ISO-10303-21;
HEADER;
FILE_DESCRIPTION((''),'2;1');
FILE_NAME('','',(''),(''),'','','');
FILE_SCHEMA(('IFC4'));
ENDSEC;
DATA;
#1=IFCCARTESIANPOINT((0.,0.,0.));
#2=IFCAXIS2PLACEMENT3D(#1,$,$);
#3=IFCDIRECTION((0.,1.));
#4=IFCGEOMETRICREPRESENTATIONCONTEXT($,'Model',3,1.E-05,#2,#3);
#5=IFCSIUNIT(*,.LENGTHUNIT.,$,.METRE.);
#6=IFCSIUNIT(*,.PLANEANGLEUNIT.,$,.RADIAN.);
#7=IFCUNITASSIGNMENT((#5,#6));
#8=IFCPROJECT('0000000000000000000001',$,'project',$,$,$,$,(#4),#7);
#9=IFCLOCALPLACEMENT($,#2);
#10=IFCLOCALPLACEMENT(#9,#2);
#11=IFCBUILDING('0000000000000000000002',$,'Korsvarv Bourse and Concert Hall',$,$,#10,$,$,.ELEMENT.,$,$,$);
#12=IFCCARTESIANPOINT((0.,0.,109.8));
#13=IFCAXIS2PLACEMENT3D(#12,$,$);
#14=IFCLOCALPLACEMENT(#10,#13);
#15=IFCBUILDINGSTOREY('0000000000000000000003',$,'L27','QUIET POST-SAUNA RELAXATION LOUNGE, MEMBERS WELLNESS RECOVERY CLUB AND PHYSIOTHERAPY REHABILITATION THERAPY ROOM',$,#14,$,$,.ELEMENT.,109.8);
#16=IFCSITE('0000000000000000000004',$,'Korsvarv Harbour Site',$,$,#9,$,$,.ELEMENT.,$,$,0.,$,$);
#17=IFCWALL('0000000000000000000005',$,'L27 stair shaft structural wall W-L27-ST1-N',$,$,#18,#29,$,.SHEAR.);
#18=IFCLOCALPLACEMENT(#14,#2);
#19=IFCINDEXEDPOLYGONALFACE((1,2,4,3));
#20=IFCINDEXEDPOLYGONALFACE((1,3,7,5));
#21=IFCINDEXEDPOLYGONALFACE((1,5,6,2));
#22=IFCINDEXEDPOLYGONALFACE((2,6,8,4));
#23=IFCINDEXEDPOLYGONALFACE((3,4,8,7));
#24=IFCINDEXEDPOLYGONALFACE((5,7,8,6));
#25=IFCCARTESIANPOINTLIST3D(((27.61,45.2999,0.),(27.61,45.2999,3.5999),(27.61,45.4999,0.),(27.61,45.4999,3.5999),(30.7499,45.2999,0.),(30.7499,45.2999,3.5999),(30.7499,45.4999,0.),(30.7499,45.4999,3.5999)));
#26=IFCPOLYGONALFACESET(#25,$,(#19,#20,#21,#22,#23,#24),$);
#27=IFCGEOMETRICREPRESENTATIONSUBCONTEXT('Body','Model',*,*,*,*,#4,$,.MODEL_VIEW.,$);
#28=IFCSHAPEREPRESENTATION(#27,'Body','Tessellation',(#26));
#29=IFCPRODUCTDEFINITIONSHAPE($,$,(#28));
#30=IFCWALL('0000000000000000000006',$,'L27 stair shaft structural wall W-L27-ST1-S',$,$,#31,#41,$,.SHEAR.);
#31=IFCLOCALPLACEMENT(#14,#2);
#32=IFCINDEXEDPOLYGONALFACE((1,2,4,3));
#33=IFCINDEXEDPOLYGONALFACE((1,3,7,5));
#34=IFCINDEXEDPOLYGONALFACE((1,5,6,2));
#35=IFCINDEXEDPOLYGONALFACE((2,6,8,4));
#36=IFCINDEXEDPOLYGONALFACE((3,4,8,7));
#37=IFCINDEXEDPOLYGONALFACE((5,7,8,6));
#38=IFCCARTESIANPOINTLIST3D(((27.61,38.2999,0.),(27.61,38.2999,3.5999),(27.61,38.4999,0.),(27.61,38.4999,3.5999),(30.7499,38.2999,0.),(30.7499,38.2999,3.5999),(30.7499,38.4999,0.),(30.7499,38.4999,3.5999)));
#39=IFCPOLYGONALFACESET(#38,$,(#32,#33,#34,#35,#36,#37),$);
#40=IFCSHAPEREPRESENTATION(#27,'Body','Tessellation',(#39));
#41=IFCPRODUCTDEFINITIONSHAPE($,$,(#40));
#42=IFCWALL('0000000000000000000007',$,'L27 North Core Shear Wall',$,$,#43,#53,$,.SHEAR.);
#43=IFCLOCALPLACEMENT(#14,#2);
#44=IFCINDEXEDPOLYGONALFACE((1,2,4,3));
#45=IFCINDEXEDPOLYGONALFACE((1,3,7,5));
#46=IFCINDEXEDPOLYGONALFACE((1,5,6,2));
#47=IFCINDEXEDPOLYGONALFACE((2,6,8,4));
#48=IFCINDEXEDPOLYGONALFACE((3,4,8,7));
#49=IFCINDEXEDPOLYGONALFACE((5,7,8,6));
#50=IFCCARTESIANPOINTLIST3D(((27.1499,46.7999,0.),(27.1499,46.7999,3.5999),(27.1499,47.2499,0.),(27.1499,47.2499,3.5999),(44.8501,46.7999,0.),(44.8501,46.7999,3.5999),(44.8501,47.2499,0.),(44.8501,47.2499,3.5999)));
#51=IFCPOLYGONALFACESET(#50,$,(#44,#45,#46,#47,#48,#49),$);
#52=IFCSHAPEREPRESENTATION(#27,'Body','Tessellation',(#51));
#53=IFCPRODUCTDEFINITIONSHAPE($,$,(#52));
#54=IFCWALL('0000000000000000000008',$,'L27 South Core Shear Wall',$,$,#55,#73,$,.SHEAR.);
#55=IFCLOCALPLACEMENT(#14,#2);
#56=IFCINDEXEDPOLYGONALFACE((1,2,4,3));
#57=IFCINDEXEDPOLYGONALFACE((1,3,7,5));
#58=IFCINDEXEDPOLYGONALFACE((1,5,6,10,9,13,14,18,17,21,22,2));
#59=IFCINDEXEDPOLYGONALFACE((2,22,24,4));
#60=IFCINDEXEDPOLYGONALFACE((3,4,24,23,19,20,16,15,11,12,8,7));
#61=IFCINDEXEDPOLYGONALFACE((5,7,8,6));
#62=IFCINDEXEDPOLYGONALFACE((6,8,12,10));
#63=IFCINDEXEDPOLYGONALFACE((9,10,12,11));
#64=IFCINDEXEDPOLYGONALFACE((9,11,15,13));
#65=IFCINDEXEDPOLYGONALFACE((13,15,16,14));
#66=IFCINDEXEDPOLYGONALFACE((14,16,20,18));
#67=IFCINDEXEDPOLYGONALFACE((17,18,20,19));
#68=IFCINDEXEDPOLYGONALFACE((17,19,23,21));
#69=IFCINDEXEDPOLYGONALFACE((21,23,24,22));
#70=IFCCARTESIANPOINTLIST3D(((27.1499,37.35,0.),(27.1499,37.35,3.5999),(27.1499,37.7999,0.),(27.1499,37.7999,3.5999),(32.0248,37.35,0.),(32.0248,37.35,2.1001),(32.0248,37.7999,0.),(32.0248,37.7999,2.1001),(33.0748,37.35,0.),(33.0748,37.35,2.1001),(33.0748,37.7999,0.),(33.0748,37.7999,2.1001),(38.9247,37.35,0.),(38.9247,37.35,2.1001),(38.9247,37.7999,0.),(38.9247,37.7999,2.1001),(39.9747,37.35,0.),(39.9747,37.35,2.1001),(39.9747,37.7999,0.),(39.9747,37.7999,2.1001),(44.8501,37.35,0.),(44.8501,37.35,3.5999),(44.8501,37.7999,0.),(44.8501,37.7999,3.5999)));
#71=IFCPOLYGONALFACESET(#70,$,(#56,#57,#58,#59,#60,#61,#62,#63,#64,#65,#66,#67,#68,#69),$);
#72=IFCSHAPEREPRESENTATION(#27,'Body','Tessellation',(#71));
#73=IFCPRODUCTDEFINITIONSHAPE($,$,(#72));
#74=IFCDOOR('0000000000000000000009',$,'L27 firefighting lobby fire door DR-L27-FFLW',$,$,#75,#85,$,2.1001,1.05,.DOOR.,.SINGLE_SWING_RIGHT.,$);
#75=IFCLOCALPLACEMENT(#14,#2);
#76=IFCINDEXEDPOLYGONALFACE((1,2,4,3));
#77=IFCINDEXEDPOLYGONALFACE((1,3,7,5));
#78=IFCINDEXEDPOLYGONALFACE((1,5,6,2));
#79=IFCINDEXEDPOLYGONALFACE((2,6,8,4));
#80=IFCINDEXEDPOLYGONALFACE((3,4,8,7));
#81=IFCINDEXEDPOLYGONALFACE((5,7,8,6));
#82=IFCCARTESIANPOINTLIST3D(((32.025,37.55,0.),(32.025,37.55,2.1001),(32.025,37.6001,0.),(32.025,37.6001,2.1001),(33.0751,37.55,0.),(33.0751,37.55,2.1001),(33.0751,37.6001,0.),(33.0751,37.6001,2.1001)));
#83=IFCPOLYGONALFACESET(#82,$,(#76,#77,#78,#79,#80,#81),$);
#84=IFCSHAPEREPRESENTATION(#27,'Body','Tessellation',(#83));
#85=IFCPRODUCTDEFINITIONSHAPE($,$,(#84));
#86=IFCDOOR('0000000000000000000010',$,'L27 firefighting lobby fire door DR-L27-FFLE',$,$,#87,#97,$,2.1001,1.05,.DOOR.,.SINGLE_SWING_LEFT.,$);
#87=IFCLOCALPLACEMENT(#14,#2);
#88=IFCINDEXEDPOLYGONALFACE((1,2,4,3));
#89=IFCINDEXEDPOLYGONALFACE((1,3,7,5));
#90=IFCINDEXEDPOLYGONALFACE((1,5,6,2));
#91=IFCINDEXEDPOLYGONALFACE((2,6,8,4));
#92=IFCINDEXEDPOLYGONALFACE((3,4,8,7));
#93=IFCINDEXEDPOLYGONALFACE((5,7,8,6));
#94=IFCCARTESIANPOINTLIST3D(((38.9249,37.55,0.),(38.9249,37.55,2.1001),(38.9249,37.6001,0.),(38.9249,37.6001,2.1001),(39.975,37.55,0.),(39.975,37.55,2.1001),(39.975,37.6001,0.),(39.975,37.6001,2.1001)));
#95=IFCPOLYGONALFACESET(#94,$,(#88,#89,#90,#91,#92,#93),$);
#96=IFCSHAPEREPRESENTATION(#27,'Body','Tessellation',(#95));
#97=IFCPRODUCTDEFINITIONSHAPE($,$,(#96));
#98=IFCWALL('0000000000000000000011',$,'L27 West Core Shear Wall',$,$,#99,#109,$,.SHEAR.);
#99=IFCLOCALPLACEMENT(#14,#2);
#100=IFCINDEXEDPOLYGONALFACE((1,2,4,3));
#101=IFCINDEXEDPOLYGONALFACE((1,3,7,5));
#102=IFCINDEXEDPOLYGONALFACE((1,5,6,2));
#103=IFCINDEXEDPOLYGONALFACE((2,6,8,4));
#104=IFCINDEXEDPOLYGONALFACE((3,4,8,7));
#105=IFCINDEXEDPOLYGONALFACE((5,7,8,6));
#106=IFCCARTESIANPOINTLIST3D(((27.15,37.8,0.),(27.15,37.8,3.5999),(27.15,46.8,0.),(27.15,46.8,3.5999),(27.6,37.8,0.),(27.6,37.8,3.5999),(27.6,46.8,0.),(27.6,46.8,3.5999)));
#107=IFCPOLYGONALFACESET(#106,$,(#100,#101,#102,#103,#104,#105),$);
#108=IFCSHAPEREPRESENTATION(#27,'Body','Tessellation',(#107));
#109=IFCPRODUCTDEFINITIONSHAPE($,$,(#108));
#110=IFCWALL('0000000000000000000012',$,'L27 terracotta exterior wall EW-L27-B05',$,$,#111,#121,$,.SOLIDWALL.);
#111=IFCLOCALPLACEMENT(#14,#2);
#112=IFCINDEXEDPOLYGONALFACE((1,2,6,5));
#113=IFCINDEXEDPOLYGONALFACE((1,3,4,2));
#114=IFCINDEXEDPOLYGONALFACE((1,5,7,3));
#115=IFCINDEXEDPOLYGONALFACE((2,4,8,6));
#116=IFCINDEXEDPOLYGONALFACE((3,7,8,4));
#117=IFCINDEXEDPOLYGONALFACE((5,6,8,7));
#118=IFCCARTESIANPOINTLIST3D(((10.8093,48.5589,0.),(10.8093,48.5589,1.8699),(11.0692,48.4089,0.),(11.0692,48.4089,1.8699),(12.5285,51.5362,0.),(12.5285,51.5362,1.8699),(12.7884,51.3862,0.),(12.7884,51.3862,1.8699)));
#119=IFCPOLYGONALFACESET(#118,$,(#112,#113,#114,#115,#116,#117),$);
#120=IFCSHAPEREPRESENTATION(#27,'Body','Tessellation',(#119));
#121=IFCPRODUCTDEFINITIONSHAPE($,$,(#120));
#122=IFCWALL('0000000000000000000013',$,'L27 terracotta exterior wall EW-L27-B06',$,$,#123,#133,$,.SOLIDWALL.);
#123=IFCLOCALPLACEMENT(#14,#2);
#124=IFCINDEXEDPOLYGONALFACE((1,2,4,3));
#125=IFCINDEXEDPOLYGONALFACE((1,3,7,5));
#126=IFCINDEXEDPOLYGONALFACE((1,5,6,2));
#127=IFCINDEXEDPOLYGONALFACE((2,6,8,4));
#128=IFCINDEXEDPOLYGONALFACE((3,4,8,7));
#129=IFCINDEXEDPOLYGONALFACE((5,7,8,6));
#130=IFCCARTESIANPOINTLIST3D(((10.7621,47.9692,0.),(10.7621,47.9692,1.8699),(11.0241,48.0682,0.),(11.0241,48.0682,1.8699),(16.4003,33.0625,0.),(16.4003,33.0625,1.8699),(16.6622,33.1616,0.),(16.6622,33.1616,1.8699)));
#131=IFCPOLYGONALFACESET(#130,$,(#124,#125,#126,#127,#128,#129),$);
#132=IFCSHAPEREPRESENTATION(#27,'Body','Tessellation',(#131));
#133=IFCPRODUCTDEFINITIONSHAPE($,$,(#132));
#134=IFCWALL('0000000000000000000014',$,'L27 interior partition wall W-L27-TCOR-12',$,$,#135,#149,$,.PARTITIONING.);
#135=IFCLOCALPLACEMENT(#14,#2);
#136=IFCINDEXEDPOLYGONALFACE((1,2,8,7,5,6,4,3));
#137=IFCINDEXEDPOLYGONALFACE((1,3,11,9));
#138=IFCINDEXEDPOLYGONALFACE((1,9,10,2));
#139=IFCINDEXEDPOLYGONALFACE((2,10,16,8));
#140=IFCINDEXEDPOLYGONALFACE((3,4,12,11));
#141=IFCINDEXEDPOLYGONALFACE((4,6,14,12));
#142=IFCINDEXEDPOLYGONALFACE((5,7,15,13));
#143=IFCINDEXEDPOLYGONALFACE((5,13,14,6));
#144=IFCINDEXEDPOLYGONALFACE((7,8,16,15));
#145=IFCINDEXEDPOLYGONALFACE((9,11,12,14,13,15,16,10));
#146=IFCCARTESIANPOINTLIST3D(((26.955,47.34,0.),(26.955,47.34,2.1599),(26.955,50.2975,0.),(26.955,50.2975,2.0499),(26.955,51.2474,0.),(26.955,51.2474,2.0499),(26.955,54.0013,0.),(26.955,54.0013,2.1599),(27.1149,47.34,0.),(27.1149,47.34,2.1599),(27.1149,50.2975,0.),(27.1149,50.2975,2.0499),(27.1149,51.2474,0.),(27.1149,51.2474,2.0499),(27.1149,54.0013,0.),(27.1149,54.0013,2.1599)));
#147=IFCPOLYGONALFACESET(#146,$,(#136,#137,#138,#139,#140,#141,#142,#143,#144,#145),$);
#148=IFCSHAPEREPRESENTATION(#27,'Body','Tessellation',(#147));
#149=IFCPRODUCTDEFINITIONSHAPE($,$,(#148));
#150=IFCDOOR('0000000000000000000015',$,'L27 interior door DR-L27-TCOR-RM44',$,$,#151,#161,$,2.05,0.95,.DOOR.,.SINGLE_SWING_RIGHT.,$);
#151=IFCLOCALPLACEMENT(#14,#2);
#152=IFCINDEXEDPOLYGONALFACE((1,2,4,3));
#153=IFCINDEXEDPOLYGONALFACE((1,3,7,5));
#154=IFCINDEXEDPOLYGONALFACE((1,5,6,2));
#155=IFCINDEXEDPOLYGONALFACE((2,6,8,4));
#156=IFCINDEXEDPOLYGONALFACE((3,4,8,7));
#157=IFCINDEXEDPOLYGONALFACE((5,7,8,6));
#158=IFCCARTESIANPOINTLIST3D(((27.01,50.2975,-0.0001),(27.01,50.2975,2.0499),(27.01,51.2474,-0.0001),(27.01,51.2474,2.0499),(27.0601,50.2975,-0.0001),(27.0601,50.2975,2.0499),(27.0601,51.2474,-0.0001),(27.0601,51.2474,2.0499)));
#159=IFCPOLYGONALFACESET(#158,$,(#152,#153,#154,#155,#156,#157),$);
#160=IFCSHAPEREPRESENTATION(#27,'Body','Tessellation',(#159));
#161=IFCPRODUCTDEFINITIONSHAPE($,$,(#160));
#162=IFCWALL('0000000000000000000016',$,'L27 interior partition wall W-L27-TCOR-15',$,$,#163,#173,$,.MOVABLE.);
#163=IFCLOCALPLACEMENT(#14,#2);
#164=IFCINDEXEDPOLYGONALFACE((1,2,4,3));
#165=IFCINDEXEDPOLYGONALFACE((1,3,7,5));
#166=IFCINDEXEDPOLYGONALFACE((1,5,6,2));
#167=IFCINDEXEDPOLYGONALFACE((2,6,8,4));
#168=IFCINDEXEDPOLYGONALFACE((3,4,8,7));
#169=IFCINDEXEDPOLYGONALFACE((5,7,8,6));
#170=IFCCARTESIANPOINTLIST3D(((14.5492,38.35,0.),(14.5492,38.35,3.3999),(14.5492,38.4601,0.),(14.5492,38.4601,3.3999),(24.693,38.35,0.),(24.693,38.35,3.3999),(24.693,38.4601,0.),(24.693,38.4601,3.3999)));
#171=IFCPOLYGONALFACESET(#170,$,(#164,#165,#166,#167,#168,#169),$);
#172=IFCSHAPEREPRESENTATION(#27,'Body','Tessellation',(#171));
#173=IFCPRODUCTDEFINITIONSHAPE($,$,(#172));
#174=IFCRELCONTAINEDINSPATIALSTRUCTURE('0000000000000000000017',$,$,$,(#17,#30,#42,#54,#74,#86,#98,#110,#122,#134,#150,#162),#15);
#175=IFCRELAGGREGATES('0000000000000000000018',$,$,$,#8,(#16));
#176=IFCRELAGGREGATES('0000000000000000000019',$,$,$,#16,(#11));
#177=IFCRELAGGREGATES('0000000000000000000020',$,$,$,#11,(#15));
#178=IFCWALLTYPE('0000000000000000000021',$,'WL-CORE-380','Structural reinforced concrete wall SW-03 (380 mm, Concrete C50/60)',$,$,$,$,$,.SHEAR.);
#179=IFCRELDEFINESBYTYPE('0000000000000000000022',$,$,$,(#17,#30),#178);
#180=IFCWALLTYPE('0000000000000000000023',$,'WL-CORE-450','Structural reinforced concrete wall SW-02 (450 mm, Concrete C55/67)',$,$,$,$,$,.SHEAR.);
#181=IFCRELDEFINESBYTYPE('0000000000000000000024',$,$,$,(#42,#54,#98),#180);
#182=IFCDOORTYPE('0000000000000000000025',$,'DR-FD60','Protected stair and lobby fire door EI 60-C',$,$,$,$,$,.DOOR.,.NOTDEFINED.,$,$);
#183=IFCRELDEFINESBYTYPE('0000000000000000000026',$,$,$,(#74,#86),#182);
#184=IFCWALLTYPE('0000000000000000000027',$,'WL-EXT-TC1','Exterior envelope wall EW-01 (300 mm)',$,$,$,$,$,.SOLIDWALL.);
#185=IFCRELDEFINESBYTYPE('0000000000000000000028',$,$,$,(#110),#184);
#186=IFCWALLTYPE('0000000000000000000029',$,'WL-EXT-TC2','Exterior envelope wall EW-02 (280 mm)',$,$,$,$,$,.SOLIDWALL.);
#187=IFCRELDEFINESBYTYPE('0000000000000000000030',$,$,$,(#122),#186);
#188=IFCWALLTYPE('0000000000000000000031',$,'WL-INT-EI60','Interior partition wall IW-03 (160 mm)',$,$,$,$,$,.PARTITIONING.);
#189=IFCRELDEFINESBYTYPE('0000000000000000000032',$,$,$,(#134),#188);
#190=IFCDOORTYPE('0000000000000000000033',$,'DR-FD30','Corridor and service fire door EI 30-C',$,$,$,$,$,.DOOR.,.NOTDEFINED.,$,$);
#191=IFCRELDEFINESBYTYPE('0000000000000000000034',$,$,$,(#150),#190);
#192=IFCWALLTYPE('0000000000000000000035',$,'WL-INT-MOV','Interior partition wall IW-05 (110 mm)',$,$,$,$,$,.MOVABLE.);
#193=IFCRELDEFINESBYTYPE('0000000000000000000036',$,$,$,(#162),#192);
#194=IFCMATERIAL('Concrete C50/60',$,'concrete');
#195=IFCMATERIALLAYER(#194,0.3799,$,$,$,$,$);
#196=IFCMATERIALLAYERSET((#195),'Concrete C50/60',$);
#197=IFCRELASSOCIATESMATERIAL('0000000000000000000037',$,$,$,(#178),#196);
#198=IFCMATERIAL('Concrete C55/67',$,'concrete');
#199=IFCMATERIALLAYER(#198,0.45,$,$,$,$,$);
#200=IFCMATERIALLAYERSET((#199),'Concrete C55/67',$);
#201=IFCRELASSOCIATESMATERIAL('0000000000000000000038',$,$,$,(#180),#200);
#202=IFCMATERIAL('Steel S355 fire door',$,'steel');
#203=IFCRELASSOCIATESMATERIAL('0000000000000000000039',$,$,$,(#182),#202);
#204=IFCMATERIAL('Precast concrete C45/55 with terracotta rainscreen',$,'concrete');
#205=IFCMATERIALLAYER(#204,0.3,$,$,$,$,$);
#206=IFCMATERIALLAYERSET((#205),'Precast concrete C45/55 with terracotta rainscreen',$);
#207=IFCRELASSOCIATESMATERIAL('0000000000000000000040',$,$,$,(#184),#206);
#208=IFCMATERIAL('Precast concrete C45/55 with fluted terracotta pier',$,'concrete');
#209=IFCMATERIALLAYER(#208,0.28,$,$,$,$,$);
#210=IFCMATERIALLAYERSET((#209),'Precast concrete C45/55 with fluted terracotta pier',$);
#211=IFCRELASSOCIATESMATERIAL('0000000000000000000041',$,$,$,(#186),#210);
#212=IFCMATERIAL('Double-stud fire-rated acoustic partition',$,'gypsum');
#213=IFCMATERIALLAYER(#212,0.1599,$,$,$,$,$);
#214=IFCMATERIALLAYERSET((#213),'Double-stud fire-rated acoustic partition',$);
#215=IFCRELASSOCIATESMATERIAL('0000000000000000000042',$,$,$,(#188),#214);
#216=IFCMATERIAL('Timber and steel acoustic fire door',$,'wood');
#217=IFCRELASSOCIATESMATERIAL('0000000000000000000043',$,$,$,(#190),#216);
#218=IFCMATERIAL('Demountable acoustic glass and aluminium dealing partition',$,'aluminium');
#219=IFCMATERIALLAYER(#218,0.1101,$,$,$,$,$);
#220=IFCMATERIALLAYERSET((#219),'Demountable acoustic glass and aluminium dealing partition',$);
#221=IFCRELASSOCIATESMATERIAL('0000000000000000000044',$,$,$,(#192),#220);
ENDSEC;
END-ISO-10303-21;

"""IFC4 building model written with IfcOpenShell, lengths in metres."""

from ifc_helpers import new_model, si_unit, direction, frame, frame_2d, origin, place, context, subcontext, project, spatial, rectangle, extrude, material, layer, layer_set, type_object, element, fill, save


model = new_model("IFC4")

# Units and contexts
model_context = context("Model", 3, precision=1e-05, world=origin(), true_north=direction((0.0, 1.0)))
body_context = subcontext(model_context, "Body", "Model", "MODEL_VIEW")
ifc_project = project(units=[si_unit("LENGTHUNIT", "METRE"), si_unit("PLANEANGLEUNIT", "RADIAN")], contexts=[model_context])

# Site, building, storey
site_placement = place(None, origin())
site = spatial("IfcSite", under=ifc_project, at=site_placement, Name="Korsvarv Harbour Site", CompositionType="ELEMENT", RefElevation=0.0)
building_placement = place(site_placement, origin())
building = spatial("IfcBuilding", under=site, at=building_placement, Name="Korsvarv Bourse and Concert Hall", CompositionType="ELEMENT")
storey_placement = place(building_placement, frame((0.0, 0.0, 109.8)))
storey = spatial("IfcBuildingStorey", under=building, at=storey_placement, Name="L27", Description="QUIET POST-SAUNA RELAXATION LOUNGE, MEMBERS WELLNESS RECOVERY CLUB AND PHYSIOTHERAPY REHABILITATION THERAPY ROOM", CompositionType="ELEMENT", Elevation=109.8)

# Shared definitions
ifc_material_1 = material(Name="Concrete C50/60", Category="concrete")

# Walls
ifc_layer_1 = layer(ifc_material_1, 0.3799)
ifc_layer_set_1 = layer_set([ifc_layer_1], Name="Concrete C50/60")
wall_type_1 = type_object("IfcWallType", Name="WL-CORE-380", Description="Structural reinforced concrete wall SW-03 (380 mm, Concrete C50/60)", PredefinedType="SHEAR", material=ifc_layer_set_1)
for number, where, z_axis, x_axis, name in (
    (1, (27.6101, 45.3999, 0.0), (0.0, 0.0, 1.0), (1.0, 0.0, 0.0), "L27 stair shaft structural wall W-L27-ST1-N"),
    (2, (27.6101, 38.3999, 0.0), (0.0, 0.0, 1.0), (1.0, 0.0, 0.0), "L27 stair shaft structural wall W-L27-ST1-S"),
):
    element("IfcWall", number, at=place(storey_placement, frame(where, z_axis=z_axis, x_axis=x_axis)), inside=storey, type_object=wall_type_1, Name=name, PredefinedType="SHEAR", context=body_context, shape_type="SweptSolid", body=[
        extrude(rectangle(XDim=3.1399, YDim=0.2, at=frame_2d((1.5698, 0.0))), origin(), (0.0, 0.0, 1.0), 3.5999),
    ])
ifc_material_2 = material(Name="Concrete C55/67", Category="concrete")
ifc_layer_2 = layer(ifc_material_2, 0.45)
ifc_layer_set_2 = layer_set([ifc_layer_2], Name="Concrete C55/67")
wall_type_2 = type_object("IfcWallType", Name="WL-CORE-450", Description="Structural reinforced concrete wall SW-02 (450 mm, Concrete C55/67)", PredefinedType="SHEAR", material=ifc_layer_set_2)
wall_1_placement = place(storey_placement, frame((27.1499, 47.0249, 0.0), z_axis=(0.0, 0.0, 1.0), x_axis=(1.0, 0.0, 0.0)))
element("IfcWall", 3, at=wall_1_placement, inside=storey, type_object=wall_type_2, Name="L27 North Core Shear Wall", PredefinedType="SHEAR", context=body_context, shape_type="SweptSolid", body=[
    extrude(rectangle(XDim=17.7002, YDim=0.45, at=frame_2d((8.8501, 0.0))), origin(), (0.0, 0.0, 1.0), 3.5999),
])

# Wall, openings, doors
wall_2_placement = place(storey_placement, frame((27.1499, 37.575, 0.0), z_axis=(0.0, 0.0, 1.0), x_axis=(1.0, 0.0, 0.0)))
wall_2 = element("IfcWall", 4, at=wall_2_placement, inside=storey, type_object=wall_type_2, Name="L27 South Core Shear Wall", PredefinedType="SHEAR", context=body_context, shape_type="SweptSolid", body=[
    extrude(rectangle(XDim=17.7002, YDim=0.45, at=frame_2d((8.8501, 0.0))), origin(), (0.0, 0.0, 1.0), 3.5999),
])
opening_1_placement = place(wall_2_placement, frame((4.875, 0.0, 0.0)))
opening_1 = element("IfcOpeningElement", 5, at=opening_1_placement, cuts=wall_2, PredefinedType="OPENING", context=body_context, shape_type="SweptSolid", body=[
    extrude(rectangle(XDim=1.05, YDim=2.1001, at=frame_2d((0.5249, 1.05))), frame((0.0, 0.2349, 0.0), z_axis=(0.0, -1.0, 0.0), x_axis=(1.0, 0.0, 0.0)), (0.0, 0.0, 1.0), 0.47),
])
opening_2_placement = place(wall_2_placement, frame((11.7749, 0.0, 0.0)))
opening_2 = element("IfcOpeningElement", 6, at=opening_2_placement, cuts=wall_2, PredefinedType="OPENING", context=body_context, shape_type="SweptSolid", body=[
    extrude(rectangle(XDim=1.05, YDim=2.1001, at=frame_2d((0.5249, 1.05))), frame((0.0, 0.2349, 0.0), z_axis=(0.0, -1.0, 0.0), x_axis=(1.0, 0.0, 0.0)), (0.0, 0.0, 1.0), 0.47),
])
ifc_material_3 = material(Name="Steel S355 fire door", Category="steel")
door_type_1 = type_object("IfcDoorType", Name="DR-FD60", Description="Protected stair and lobby fire door EI 60-C", OperationType="NOTDEFINED", PredefinedType="DOOR", material=ifc_material_3)
door_1_placement = place(opening_1_placement, frame((1.05, 0.0, 0.0), z_axis=(0.0, 0.0, 1.0), x_axis=(-1.0, 0.0, 0.0)))
door_1 = element("IfcDoor", 7, at=door_1_placement, inside=storey, type_object=door_type_1, Name="L27 firefighting lobby fire door DR-L27-FFLW", OperationType="SINGLE_SWING_RIGHT", OverallHeight=2.1001, OverallWidth=1.05, PredefinedType="DOOR", context=body_context, shape_type="SweptSolid", body=[
    extrude(rectangle(XDim=1.05, YDim=2.1001, at=frame_2d((0.5249, 1.05))), frame((0.0, 0.0249, 0.0), z_axis=(0.0, -1.0, 0.0), x_axis=(1.0, 0.0, 0.0)), (0.0, 0.0, 1.0), 0.05),
])
fill(opening_1, door_1)
door_2_placement = place(opening_2_placement, frame((1.05, 0.0, 0.0), z_axis=(0.0, 0.0, 1.0), x_axis=(-1.0, 0.0, 0.0)))
door_2 = element("IfcDoor", 8, at=door_2_placement, inside=storey, type_object=door_type_1, Name="L27 firefighting lobby fire door DR-L27-FFLE", OperationType="SINGLE_SWING_LEFT", OverallHeight=2.1001, OverallWidth=1.05, PredefinedType="DOOR", context=body_context, shape_type="SweptSolid", body=[
    extrude(rectangle(XDim=1.05, YDim=2.1001, at=frame_2d((0.5249, 1.05))), frame((0.0, 0.0249, 0.0), z_axis=(0.0, -1.0, 0.0), x_axis=(1.0, 0.0, 0.0)), (0.0, 0.0, 1.0), 0.05),
])
fill(opening_2, door_2)

# Walls
wall_3_placement = place(storey_placement, frame((27.375, 37.8, 0.0), z_axis=(0.0, 0.0, 1.0), x_axis=(0.0, 1.0, 0.0)))
element("IfcWall", 9, at=wall_3_placement, inside=storey, type_object=wall_type_2, Name="L27 West Core Shear Wall", PredefinedType="SHEAR", context=body_context, shape_type="SweptSolid", body=[
    extrude(rectangle(XDim=9.0, YDim=0.45, at=frame_2d((4.5, 0.0))), origin(), (0.0, 0.0, 1.0), 3.5999),
])
ifc_material_4 = material(Name="Precast concrete C45/55 with terracotta rainscreen", Category="concrete")
ifc_layer_3 = layer(ifc_material_4, 0.3)
ifc_layer_set_3 = layer_set([ifc_layer_3], Name="Precast concrete C45/55 with terracotta rainscreen")
wall_type_3 = type_object("IfcWallType", Name="WL-EXT-TC1", Description="Exterior envelope wall EW-01 (300 mm)", PredefinedType="SOLIDWALL", material=ifc_layer_set_3)
wall_4_placement = place(storey_placement, frame((12.6584, 51.4612, 0.0), z_axis=(0.0, 0.0, 1.0), x_axis=(-0.500065, -0.865988, 0.0)))
element("IfcWall", 10, at=wall_4_placement, inside=storey, type_object=wall_type_3, Name="L27 terracotta exterior wall EW-L27-B05", PredefinedType="SOLIDWALL", context=body_context, shape_type="SweptSolid", body=[
    extrude(rectangle(XDim=3.438, YDim=0.3, at=frame_2d((1.719, 0.0))), origin(), (0.0, 0.0, 1.0), 1.8699),
])
ifc_material_5 = material(Name="Precast concrete C45/55 with fluted terracotta pier", Category="concrete")
ifc_layer_4 = layer(ifc_material_5, 0.28)
ifc_layer_set_4 = layer_set([ifc_layer_4], Name="Precast concrete C45/55 with fluted terracotta pier")
wall_type_4 = type_object("IfcWallType", Name="WL-EXT-TC2", Description="Exterior envelope wall EW-02 (280 mm)", PredefinedType="SOLIDWALL", material=ifc_layer_set_4)
wall_5_placement = place(storey_placement, frame((10.8931, 48.0188, 0.0), z_axis=(0.0, 0.0, 1.0), x_axis=(0.353771, -0.935332, 0.0)))
element("IfcWall", 11, at=wall_5_placement, inside=storey, type_object=wall_type_4, Name="L27 terracotta exterior wall EW-L27-B06", PredefinedType="SOLIDWALL", context=body_context, shape_type="SweptSolid", body=[
    extrude(rectangle(XDim=15.9373, YDim=0.28, at=frame_2d((7.9688, 0.0))), origin(), (0.0, 0.0, 1.0), 1.8699),
])

# Wall, opening, door
ifc_material_6 = material(Name="Double-stud fire-rated acoustic partition", Category="gypsum")
ifc_layer_5 = layer(ifc_material_6, 0.1599)
ifc_layer_set_5 = layer_set([ifc_layer_5], Name="Double-stud fire-rated acoustic partition")
wall_type_5 = type_object("IfcWallType", Name="WL-INT-EI60", Description="Interior partition wall IW-03 (160 mm)", PredefinedType="PARTITIONING", material=ifc_layer_set_5)
wall_6_placement = place(storey_placement, frame((27.0349, 47.3401, 0.0), z_axis=(0.0, 0.0, 1.0), x_axis=(0.0, 1.0, 0.0)))
wall_6 = element("IfcWall", 12, at=wall_6_placement, inside=storey, type_object=wall_type_5, Name="L27 interior partition wall W-L27-TCOR-12", PredefinedType="PARTITIONING", context=body_context, shape_type="SweptSolid", body=[
    extrude(rectangle(XDim=6.6614, YDim=0.1599, at=frame_2d((3.3306, 0.0))), origin(), (0.0, 0.0, 1.0), 2.1599),
])
opening_3_placement = place(wall_6_placement, frame((2.9573, 0.0, 0.0)))
opening_3 = element("IfcOpeningElement", 13, at=opening_3_placement, cuts=wall_6, PredefinedType="OPENING", context=body_context, shape_type="SweptSolid", body=[
    extrude(rectangle(XDim=0.95, YDim=2.05, at=frame_2d((0.4751, 1.0249))), frame((0.0, 0.0898, 0.0), z_axis=(0.0, -1.0, 0.0), x_axis=(1.0, 0.0, 0.0)), (0.0, 0.0, 1.0), 0.1799),
])
ifc_material_7 = material(Name="Timber and steel acoustic fire door", Category="wood")
door_type_2 = type_object("IfcDoorType", Name="DR-FD30", Description="Corridor and service fire door EI 30-C", OperationType="NOTDEFINED", PredefinedType="DOOR", material=ifc_material_7)
door_3_placement = place(opening_3_placement, origin())
door_3 = element("IfcDoor", 14, at=door_3_placement, inside=storey, type_object=door_type_2, Name="L27 interior door DR-L27-TCOR-RM44", OperationType="SINGLE_SWING_RIGHT", OverallHeight=2.05, OverallWidth=0.95, PredefinedType="DOOR", context=body_context, shape_type="SweptSolid", body=[
    extrude(rectangle(XDim=0.95, YDim=2.05, at=frame_2d((0.4751, 1.0249))), frame((0.0, 0.0249, 0.0), z_axis=(0.0, -1.0, 0.0), x_axis=(1.0, 0.0, 0.0)), (0.0, 0.0, 1.0), 0.05),
])
fill(opening_3, door_3)

# Wall
ifc_material_8 = material(Name="Demountable acoustic glass and aluminium dealing partition", Category="aluminium")
ifc_layer_6 = layer(ifc_material_8, 0.1101)
ifc_layer_set_6 = layer_set([ifc_layer_6], Name="Demountable acoustic glass and aluminium dealing partition")
wall_type_6 = type_object("IfcWallType", Name="WL-INT-MOV", Description="Interior partition wall IW-05 (110 mm)", PredefinedType="MOVABLE", material=ifc_layer_set_6)
wall_7_placement = place(storey_placement, frame((14.5493, 38.405, 0.0), z_axis=(0.0, 0.0, 1.0), x_axis=(1.0, 0.0, 0.0)))
element("IfcWall", 15, at=wall_7_placement, inside=storey, type_object=wall_type_6, Name="L27 interior partition wall W-L27-TCOR-15", PredefinedType="MOVABLE", context=body_context, shape_type="SweptSolid", body=[
    extrude(rectangle(XDim=10.1438, YDim=0.1101, at=frame_2d((5.0718, 0.0))), origin(), (0.0, 0.0, 1.0), 3.3999),
])

save(model, "model.ifc")
